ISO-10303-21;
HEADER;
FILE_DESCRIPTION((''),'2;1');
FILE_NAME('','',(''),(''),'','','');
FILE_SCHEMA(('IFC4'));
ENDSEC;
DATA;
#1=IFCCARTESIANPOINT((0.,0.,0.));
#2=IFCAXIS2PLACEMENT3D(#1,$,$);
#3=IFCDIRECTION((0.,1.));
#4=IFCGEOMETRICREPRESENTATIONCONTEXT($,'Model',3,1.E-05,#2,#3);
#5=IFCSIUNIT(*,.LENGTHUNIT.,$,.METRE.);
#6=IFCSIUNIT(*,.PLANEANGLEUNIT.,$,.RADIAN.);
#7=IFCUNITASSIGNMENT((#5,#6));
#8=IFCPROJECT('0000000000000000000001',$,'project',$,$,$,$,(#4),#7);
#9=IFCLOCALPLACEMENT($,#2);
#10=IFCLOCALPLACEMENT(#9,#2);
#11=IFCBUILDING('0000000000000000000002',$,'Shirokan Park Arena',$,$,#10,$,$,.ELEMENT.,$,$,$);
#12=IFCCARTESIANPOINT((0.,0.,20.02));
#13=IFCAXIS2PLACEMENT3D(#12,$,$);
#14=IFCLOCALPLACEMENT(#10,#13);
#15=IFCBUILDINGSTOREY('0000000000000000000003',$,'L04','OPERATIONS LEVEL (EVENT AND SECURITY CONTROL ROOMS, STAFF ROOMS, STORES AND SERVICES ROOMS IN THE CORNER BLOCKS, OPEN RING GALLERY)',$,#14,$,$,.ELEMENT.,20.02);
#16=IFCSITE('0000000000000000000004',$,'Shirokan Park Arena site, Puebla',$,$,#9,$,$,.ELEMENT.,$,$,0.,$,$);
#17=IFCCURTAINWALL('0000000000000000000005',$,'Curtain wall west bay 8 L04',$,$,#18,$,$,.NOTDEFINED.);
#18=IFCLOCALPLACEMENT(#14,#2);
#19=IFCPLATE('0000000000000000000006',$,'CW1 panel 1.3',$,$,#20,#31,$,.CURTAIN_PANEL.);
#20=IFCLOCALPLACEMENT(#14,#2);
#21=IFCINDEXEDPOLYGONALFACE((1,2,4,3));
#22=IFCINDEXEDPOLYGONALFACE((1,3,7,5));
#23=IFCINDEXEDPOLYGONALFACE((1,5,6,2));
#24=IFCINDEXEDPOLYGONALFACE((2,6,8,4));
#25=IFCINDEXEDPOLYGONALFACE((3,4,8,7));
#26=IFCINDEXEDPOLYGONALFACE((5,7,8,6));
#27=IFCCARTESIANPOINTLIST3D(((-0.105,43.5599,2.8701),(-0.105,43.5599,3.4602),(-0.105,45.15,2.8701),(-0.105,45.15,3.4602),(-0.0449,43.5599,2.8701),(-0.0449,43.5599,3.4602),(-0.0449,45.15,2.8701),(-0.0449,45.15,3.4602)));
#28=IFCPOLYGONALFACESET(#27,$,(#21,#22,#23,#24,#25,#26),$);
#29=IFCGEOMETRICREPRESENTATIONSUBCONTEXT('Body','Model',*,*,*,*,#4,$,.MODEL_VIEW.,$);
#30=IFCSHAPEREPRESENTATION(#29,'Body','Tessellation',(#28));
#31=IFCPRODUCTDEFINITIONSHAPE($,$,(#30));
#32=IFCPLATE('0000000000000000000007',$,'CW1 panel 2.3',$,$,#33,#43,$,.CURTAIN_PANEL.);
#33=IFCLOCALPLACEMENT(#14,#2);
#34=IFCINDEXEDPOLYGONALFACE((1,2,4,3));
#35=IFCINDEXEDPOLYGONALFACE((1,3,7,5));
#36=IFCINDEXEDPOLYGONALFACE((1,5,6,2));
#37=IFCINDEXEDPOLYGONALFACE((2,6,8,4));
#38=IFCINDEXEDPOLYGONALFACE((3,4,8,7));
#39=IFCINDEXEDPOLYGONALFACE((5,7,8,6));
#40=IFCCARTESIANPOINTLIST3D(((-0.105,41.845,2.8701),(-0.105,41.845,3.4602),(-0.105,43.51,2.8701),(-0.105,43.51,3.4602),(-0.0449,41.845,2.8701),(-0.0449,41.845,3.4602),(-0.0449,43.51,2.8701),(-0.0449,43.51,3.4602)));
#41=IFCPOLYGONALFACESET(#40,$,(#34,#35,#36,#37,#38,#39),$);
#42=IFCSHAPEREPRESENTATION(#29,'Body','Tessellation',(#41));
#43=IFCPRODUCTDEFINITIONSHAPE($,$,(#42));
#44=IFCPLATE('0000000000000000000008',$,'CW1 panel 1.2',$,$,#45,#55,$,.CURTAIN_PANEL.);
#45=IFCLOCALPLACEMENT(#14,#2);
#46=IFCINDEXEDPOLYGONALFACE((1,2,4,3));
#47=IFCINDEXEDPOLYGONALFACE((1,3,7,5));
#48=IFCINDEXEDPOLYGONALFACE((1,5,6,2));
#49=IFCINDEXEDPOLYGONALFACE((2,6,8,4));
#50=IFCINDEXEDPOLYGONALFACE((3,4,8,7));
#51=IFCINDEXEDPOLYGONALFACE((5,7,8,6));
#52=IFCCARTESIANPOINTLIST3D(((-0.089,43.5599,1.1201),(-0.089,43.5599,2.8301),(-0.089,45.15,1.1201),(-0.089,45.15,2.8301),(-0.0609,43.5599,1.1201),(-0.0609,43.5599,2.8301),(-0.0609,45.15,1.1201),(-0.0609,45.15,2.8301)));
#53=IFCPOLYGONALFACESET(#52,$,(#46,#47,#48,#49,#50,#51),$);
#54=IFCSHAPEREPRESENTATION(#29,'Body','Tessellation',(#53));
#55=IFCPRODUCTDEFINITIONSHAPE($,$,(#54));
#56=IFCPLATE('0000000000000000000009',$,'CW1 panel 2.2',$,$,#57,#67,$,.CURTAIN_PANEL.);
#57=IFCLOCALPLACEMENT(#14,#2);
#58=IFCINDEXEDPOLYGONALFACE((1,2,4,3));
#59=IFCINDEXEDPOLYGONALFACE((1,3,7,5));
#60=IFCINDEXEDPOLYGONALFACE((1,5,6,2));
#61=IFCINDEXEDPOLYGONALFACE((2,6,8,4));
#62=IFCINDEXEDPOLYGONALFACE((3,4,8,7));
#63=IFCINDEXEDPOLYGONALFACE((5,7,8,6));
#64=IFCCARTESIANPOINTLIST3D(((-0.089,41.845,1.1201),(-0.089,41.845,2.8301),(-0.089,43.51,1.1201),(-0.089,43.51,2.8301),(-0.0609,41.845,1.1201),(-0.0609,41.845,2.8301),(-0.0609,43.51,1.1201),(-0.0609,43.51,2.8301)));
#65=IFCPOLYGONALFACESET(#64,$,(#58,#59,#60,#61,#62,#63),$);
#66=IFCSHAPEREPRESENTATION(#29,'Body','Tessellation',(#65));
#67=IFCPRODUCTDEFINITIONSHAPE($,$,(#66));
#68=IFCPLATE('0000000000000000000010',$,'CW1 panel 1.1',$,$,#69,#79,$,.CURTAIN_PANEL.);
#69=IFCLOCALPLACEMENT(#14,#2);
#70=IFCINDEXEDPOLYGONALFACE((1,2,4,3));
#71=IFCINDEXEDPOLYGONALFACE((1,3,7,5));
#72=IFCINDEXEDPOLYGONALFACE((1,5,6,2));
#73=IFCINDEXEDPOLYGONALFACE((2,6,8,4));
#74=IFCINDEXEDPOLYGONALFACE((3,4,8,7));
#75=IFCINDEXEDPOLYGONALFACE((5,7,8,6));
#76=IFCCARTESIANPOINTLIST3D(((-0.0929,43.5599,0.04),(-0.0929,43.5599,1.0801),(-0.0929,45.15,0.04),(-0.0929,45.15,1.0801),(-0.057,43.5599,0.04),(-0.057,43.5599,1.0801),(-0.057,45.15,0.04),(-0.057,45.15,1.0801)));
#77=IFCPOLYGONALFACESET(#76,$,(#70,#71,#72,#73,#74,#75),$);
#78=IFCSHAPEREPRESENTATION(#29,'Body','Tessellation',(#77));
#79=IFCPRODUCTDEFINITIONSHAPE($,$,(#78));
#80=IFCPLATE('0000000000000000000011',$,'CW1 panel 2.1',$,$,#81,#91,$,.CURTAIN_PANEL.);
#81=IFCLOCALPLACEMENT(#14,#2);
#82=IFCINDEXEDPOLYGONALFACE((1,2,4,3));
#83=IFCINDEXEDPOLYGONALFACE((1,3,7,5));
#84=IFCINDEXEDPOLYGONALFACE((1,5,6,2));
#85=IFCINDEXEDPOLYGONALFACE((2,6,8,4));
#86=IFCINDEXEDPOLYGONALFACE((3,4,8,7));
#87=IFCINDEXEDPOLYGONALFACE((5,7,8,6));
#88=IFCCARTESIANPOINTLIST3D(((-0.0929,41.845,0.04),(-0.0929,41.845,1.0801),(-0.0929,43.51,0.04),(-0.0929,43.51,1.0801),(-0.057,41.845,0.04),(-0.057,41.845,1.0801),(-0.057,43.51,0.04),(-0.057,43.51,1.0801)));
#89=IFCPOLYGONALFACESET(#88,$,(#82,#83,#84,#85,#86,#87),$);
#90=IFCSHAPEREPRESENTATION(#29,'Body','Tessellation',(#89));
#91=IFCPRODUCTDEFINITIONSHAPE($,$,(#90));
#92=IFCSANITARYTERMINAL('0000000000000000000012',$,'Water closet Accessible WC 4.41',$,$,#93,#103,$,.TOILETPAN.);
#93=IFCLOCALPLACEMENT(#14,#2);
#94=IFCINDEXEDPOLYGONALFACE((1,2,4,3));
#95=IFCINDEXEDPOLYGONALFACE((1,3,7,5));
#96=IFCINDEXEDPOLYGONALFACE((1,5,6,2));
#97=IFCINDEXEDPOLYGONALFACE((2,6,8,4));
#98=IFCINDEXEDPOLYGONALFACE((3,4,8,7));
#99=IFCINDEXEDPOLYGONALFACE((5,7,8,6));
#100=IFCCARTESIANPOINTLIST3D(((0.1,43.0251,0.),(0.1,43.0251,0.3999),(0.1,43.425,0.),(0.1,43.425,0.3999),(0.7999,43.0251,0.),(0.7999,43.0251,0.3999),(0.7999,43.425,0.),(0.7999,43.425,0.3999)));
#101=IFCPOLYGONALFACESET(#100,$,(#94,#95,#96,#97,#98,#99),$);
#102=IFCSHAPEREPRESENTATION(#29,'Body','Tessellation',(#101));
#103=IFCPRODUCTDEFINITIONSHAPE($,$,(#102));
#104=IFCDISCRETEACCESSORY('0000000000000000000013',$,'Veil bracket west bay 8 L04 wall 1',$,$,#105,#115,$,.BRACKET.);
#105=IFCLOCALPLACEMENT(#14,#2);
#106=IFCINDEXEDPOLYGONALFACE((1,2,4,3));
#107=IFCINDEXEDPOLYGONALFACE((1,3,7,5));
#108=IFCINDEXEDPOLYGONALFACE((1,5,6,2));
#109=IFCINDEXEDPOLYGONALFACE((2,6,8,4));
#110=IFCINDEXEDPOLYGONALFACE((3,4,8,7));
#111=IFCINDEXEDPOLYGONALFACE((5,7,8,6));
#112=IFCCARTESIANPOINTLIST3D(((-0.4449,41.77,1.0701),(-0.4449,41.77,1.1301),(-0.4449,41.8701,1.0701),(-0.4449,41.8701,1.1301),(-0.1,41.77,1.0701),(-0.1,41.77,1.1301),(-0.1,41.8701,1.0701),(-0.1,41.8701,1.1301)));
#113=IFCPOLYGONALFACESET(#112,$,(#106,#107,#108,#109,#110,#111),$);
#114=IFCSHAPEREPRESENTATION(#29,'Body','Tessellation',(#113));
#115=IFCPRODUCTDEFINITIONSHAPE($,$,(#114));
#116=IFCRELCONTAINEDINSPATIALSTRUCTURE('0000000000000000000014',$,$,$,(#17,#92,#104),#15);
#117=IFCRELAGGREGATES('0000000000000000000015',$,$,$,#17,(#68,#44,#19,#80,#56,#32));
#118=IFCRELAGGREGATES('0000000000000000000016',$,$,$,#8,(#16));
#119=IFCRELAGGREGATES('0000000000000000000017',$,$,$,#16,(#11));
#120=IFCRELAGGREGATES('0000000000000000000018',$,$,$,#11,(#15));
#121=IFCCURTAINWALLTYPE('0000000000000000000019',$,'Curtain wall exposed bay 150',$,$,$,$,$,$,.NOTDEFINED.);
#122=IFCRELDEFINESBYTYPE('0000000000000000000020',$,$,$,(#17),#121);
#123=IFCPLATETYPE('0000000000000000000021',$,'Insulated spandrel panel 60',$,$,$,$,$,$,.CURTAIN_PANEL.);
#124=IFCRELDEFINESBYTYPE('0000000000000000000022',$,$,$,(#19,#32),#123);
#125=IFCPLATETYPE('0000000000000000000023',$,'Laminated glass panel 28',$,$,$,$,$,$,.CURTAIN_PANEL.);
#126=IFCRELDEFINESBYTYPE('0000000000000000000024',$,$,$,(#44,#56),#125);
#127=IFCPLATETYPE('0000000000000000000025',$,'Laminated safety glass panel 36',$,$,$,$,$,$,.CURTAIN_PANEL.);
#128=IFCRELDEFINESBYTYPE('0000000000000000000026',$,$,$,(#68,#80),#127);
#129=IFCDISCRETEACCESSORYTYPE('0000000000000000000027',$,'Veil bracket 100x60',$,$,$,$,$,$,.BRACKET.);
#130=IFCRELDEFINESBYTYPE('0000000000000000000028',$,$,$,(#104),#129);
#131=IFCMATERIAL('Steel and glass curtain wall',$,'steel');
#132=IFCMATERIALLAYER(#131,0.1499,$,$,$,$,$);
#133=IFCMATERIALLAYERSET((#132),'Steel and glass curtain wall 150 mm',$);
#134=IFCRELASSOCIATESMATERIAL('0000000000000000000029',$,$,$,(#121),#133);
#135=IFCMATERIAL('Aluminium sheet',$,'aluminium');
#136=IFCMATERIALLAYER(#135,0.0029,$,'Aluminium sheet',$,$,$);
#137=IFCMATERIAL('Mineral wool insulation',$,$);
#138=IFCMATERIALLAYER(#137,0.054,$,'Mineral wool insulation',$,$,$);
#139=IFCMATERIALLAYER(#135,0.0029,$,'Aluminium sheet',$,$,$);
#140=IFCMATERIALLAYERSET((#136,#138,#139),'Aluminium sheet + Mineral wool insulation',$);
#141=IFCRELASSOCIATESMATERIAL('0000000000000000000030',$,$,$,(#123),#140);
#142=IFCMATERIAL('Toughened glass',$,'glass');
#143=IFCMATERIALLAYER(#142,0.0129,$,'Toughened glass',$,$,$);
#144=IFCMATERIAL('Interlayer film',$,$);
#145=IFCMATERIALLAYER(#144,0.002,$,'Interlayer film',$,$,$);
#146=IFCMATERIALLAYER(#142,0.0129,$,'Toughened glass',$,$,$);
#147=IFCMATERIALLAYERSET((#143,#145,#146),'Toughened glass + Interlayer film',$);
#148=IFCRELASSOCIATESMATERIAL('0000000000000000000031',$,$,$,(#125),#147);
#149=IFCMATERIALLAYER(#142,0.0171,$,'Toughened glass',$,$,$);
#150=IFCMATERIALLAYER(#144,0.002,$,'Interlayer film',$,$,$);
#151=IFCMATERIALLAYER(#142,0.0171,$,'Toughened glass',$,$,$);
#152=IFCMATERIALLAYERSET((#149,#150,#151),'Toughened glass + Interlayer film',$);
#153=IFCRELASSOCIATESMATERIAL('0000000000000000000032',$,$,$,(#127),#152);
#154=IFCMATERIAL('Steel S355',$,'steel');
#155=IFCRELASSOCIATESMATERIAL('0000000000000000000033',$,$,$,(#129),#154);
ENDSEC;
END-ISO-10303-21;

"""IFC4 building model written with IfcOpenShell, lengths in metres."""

from ifc_helpers import new_model, si_unit, direction, frame, origin, origin_2d, place, context, subcontext, project, spatial, rectangle, extrude, material, layer, layer_set, type_object, element, aggregate, save


model = new_model("IFC4")

# Units and contexts
model_context = context("Model", 3, precision=1e-05, world=origin(), true_north=direction((0.0, 1.0)))
body_context = subcontext(model_context, "Body", "Model", "MODEL_VIEW")
ifc_project = project(units=[si_unit("LENGTHUNIT", "METRE"), si_unit("PLANEANGLEUNIT", "RADIAN")], contexts=[model_context])

# Site, building, storey
site_placement = place(None, origin())
site = spatial("IfcSite", under=ifc_project, at=site_placement, Name="Shirokan Park Arena site, Puebla", CompositionType="ELEMENT", RefElevation=0.0)
building_placement = place(site_placement, origin())
building = spatial("IfcBuilding", under=site, at=building_placement, Name="Shirokan Park Arena", CompositionType="ELEMENT")
storey_placement = place(building_placement, frame((0.0, 0.0, 20.02)))
storey = spatial("IfcBuildingStorey", under=building, at=storey_placement, Name="L04", Description="OPERATIONS LEVEL (EVENT AND SECURITY CONTROL ROOMS, STAFF ROOMS, STORES AND SERVICES ROOMS IN THE CORNER BLOCKS, OPEN RING GALLERY)", CompositionType="ELEMENT", Elevation=20.02)

# Curtain wall, plates
ifc_material_1 = material(Name="Steel and glass curtain wall", Category="steel")
ifc_layer_1 = layer(ifc_material_1, 0.1499)
ifc_layer_set_1 = layer_set([ifc_layer_1], Name="Steel and glass curtain wall 150 mm")
curtain_wall_type = type_object("IfcCurtainWallType", Name="Curtain wall exposed bay 150", PredefinedType="NOTDEFINED", material=ifc_layer_set_1)
curtain_wall_placement = place(storey_placement, origin())
curtain_wall = element("IfcCurtainWall", 1, at=curtain_wall_placement, inside=storey, type_object=curtain_wall_type, Name="Curtain wall west bay 8 L04", PredefinedType="NOTDEFINED")
ifc_material_2 = material(Name="Steel S355", Category="steel")
ifc_material_3 = material(Name="Aluminium sheet", Category="aluminium")
ifc_layer_2 = layer(ifc_material_3, 0.0029, Name="Aluminium sheet")
ifc_material_4 = material(Name="Mineral wool insulation")
ifc_layer_3 = layer(ifc_material_4, 0.054, Name="Mineral wool insulation")
ifc_layer_4 = layer(ifc_material_3, 0.0029, Name="Aluminium sheet")
ifc_layer_set_2 = layer_set([ifc_layer_2, ifc_layer_3, ifc_layer_4], Name="Aluminium sheet + Mineral wool insulation")
plate_type_1 = type_object("IfcPlateType", Name="Insulated spandrel panel 60", PredefinedType="CURTAIN_PANEL", material=ifc_layer_set_2)
plate_1_placement = place(storey_placement, frame((-0.075, 44.355, 2.8701), z_axis=(0.0, 0.0, 1.0), x_axis=(0.0, -1.0, 0.0)))
plate_1 = element("IfcPlate", 2, at=plate_1_placement, type_object=plate_type_1, Name="CW1 panel 1.3", PredefinedType="CURTAIN_PANEL", context=body_context, shape_type="SweptSolid", body=[
    extrude(rectangle(XDim=1.5901, YDim=0.0601, at=origin_2d()), origin(), (0.0, 0.0, 1.0), 0.5901),
])
plate_2_placement = place(storey_placement, frame((-0.075, 42.6775, 2.8701), z_axis=(0.0, 0.0, 1.0), x_axis=(0.0, -1.0, 0.0)))
plate_2 = element("IfcPlate", 3, at=plate_2_placement, type_object=plate_type_1, Name="CW1 panel 2.3", PredefinedType="CURTAIN_PANEL", context=body_context, shape_type="SweptSolid", body=[
    extrude(rectangle(XDim=1.665, YDim=0.0601, at=origin_2d()), origin(), (0.0, 0.0, 1.0), 0.5901),
])
ifc_material_5 = material(Name="Toughened glass", Category="glass")
ifc_layer_5 = layer(ifc_material_5, 0.0129, Name="Toughened glass")
ifc_material_6 = material(Name="Interlayer film")
ifc_layer_6 = layer(ifc_material_6, 0.002, Name="Interlayer film")
ifc_layer_7 = layer(ifc_material_5, 0.0129, Name="Toughened glass")
ifc_layer_set_3 = layer_set([ifc_layer_5, ifc_layer_6, ifc_layer_7], Name="Toughened glass + Interlayer film")
plate_type_2 = type_object("IfcPlateType", Name="Laminated glass panel 28", PredefinedType="CURTAIN_PANEL", material=ifc_layer_set_3)
plate_3_placement = place(storey_placement, frame((-0.075, 44.355, 1.1201), z_axis=(0.0, 0.0, 1.0), x_axis=(0.0, -1.0, 0.0)))
plate_3 = element("IfcPlate", 4, at=plate_3_placement, type_object=plate_type_2, Name="CW1 panel 1.2", PredefinedType="CURTAIN_PANEL", context=body_context, shape_type="SweptSolid", body=[
    extrude(rectangle(XDim=1.5901, YDim=0.0281, at=origin_2d()), origin(), (0.0, 0.0, 1.0), 1.71),
])
plate_4_placement = place(storey_placement, frame((-0.075, 42.6775, 1.1201), z_axis=(0.0, 0.0, 1.0), x_axis=(0.0, -1.0, 0.0)))
plate_4 = element("IfcPlate", 5, at=plate_4_placement, type_object=plate_type_2, Name="CW1 panel 2.2", PredefinedType="CURTAIN_PANEL", context=body_context, shape_type="SweptSolid", body=[
    extrude(rectangle(XDim=1.665, YDim=0.0281, at=origin_2d()), origin(), (0.0, 0.0, 1.0), 1.71),
])
ifc_layer_8 = layer(ifc_material_5, 0.0171, Name="Toughened glass")
ifc_layer_9 = layer(ifc_material_6, 0.002, Name="Interlayer film")
ifc_layer_10 = layer(ifc_material_5, 0.0171, Name="Toughened glass")
ifc_layer_set_4 = layer_set([ifc_layer_8, ifc_layer_9, ifc_layer_10], Name="Toughened glass + Interlayer film")
plate_type_3 = type_object("IfcPlateType", Name="Laminated safety glass panel 36", PredefinedType="CURTAIN_PANEL", material=ifc_layer_set_4)
plate_5_placement = place(storey_placement, frame((-0.075, 44.355, 0.04), z_axis=(0.0, 0.0, 1.0), x_axis=(0.0, -1.0, 0.0)))
plate_5 = element("IfcPlate", 6, at=plate_5_placement, type_object=plate_type_3, Name="CW1 panel 1.1", PredefinedType="CURTAIN_PANEL", context=body_context, shape_type="SweptSolid", body=[
    extrude(rectangle(XDim=1.5901, YDim=0.0359, at=origin_2d()), origin(), (0.0, 0.0, 1.0), 1.04),
])
plate_6_placement = place(storey_placement, frame((-0.075, 42.6775, 0.04), z_axis=(0.0, 0.0, 1.0), x_axis=(0.0, -1.0, 0.0)))
plate_6 = element("IfcPlate", 7, at=plate_6_placement, type_object=plate_type_3, Name="CW1 panel 2.1", PredefinedType="CURTAIN_PANEL", context=body_context, shape_type="SweptSolid", body=[
    extrude(rectangle(XDim=1.665, YDim=0.0359, at=origin_2d()), origin(), (0.0, 0.0, 1.0), 1.04),
])
aggregate(curtain_wall, [plate_5, plate_3, plate_1, plate_6, plate_4, plate_2])

# Sanitary terminal
sanitary_terminal_placement = place(storey_placement, frame((0.45, 43.2251, 0.0), z_axis=(0.0, 0.0, 1.0), x_axis=(1.0, 0.0, 0.0)))
element("IfcSanitaryTerminal", 8, at=sanitary_terminal_placement, inside=storey, Name="Water closet Accessible WC 4.41", PredefinedType="TOILETPAN", context=body_context, shape_type="SweptSolid", body=[
    extrude(rectangle(XDim=0.7, YDim=0.3999, at=origin_2d()), origin(), (0.0, 0.0, 1.0), 0.3999),
])

# Discrete accessory
discrete_accessory_type = type_object("IfcDiscreteAccessoryType", Name="Veil bracket 100x60", PredefinedType="BRACKET", material=ifc_material_2)
discrete_accessory_placement = place(storey_placement, frame((-0.2725, 41.8201, 1.0701), z_axis=(0.0, 0.0, 1.0), x_axis=(0.0, -1.0, 0.0)))
element("IfcDiscreteAccessory", 9, at=discrete_accessory_placement, inside=storey, type_object=discrete_accessory_type, Name="Veil bracket west bay 8 L04 wall 1", PredefinedType="BRACKET", context=body_context, shape_type="SweptSolid", body=[
    extrude(rectangle(XDim=0.1001, YDim=0.345, at=origin_2d()), origin(), (0.0, 0.0, 1.0), 0.0601),
])

save(model, "model.ifc")
